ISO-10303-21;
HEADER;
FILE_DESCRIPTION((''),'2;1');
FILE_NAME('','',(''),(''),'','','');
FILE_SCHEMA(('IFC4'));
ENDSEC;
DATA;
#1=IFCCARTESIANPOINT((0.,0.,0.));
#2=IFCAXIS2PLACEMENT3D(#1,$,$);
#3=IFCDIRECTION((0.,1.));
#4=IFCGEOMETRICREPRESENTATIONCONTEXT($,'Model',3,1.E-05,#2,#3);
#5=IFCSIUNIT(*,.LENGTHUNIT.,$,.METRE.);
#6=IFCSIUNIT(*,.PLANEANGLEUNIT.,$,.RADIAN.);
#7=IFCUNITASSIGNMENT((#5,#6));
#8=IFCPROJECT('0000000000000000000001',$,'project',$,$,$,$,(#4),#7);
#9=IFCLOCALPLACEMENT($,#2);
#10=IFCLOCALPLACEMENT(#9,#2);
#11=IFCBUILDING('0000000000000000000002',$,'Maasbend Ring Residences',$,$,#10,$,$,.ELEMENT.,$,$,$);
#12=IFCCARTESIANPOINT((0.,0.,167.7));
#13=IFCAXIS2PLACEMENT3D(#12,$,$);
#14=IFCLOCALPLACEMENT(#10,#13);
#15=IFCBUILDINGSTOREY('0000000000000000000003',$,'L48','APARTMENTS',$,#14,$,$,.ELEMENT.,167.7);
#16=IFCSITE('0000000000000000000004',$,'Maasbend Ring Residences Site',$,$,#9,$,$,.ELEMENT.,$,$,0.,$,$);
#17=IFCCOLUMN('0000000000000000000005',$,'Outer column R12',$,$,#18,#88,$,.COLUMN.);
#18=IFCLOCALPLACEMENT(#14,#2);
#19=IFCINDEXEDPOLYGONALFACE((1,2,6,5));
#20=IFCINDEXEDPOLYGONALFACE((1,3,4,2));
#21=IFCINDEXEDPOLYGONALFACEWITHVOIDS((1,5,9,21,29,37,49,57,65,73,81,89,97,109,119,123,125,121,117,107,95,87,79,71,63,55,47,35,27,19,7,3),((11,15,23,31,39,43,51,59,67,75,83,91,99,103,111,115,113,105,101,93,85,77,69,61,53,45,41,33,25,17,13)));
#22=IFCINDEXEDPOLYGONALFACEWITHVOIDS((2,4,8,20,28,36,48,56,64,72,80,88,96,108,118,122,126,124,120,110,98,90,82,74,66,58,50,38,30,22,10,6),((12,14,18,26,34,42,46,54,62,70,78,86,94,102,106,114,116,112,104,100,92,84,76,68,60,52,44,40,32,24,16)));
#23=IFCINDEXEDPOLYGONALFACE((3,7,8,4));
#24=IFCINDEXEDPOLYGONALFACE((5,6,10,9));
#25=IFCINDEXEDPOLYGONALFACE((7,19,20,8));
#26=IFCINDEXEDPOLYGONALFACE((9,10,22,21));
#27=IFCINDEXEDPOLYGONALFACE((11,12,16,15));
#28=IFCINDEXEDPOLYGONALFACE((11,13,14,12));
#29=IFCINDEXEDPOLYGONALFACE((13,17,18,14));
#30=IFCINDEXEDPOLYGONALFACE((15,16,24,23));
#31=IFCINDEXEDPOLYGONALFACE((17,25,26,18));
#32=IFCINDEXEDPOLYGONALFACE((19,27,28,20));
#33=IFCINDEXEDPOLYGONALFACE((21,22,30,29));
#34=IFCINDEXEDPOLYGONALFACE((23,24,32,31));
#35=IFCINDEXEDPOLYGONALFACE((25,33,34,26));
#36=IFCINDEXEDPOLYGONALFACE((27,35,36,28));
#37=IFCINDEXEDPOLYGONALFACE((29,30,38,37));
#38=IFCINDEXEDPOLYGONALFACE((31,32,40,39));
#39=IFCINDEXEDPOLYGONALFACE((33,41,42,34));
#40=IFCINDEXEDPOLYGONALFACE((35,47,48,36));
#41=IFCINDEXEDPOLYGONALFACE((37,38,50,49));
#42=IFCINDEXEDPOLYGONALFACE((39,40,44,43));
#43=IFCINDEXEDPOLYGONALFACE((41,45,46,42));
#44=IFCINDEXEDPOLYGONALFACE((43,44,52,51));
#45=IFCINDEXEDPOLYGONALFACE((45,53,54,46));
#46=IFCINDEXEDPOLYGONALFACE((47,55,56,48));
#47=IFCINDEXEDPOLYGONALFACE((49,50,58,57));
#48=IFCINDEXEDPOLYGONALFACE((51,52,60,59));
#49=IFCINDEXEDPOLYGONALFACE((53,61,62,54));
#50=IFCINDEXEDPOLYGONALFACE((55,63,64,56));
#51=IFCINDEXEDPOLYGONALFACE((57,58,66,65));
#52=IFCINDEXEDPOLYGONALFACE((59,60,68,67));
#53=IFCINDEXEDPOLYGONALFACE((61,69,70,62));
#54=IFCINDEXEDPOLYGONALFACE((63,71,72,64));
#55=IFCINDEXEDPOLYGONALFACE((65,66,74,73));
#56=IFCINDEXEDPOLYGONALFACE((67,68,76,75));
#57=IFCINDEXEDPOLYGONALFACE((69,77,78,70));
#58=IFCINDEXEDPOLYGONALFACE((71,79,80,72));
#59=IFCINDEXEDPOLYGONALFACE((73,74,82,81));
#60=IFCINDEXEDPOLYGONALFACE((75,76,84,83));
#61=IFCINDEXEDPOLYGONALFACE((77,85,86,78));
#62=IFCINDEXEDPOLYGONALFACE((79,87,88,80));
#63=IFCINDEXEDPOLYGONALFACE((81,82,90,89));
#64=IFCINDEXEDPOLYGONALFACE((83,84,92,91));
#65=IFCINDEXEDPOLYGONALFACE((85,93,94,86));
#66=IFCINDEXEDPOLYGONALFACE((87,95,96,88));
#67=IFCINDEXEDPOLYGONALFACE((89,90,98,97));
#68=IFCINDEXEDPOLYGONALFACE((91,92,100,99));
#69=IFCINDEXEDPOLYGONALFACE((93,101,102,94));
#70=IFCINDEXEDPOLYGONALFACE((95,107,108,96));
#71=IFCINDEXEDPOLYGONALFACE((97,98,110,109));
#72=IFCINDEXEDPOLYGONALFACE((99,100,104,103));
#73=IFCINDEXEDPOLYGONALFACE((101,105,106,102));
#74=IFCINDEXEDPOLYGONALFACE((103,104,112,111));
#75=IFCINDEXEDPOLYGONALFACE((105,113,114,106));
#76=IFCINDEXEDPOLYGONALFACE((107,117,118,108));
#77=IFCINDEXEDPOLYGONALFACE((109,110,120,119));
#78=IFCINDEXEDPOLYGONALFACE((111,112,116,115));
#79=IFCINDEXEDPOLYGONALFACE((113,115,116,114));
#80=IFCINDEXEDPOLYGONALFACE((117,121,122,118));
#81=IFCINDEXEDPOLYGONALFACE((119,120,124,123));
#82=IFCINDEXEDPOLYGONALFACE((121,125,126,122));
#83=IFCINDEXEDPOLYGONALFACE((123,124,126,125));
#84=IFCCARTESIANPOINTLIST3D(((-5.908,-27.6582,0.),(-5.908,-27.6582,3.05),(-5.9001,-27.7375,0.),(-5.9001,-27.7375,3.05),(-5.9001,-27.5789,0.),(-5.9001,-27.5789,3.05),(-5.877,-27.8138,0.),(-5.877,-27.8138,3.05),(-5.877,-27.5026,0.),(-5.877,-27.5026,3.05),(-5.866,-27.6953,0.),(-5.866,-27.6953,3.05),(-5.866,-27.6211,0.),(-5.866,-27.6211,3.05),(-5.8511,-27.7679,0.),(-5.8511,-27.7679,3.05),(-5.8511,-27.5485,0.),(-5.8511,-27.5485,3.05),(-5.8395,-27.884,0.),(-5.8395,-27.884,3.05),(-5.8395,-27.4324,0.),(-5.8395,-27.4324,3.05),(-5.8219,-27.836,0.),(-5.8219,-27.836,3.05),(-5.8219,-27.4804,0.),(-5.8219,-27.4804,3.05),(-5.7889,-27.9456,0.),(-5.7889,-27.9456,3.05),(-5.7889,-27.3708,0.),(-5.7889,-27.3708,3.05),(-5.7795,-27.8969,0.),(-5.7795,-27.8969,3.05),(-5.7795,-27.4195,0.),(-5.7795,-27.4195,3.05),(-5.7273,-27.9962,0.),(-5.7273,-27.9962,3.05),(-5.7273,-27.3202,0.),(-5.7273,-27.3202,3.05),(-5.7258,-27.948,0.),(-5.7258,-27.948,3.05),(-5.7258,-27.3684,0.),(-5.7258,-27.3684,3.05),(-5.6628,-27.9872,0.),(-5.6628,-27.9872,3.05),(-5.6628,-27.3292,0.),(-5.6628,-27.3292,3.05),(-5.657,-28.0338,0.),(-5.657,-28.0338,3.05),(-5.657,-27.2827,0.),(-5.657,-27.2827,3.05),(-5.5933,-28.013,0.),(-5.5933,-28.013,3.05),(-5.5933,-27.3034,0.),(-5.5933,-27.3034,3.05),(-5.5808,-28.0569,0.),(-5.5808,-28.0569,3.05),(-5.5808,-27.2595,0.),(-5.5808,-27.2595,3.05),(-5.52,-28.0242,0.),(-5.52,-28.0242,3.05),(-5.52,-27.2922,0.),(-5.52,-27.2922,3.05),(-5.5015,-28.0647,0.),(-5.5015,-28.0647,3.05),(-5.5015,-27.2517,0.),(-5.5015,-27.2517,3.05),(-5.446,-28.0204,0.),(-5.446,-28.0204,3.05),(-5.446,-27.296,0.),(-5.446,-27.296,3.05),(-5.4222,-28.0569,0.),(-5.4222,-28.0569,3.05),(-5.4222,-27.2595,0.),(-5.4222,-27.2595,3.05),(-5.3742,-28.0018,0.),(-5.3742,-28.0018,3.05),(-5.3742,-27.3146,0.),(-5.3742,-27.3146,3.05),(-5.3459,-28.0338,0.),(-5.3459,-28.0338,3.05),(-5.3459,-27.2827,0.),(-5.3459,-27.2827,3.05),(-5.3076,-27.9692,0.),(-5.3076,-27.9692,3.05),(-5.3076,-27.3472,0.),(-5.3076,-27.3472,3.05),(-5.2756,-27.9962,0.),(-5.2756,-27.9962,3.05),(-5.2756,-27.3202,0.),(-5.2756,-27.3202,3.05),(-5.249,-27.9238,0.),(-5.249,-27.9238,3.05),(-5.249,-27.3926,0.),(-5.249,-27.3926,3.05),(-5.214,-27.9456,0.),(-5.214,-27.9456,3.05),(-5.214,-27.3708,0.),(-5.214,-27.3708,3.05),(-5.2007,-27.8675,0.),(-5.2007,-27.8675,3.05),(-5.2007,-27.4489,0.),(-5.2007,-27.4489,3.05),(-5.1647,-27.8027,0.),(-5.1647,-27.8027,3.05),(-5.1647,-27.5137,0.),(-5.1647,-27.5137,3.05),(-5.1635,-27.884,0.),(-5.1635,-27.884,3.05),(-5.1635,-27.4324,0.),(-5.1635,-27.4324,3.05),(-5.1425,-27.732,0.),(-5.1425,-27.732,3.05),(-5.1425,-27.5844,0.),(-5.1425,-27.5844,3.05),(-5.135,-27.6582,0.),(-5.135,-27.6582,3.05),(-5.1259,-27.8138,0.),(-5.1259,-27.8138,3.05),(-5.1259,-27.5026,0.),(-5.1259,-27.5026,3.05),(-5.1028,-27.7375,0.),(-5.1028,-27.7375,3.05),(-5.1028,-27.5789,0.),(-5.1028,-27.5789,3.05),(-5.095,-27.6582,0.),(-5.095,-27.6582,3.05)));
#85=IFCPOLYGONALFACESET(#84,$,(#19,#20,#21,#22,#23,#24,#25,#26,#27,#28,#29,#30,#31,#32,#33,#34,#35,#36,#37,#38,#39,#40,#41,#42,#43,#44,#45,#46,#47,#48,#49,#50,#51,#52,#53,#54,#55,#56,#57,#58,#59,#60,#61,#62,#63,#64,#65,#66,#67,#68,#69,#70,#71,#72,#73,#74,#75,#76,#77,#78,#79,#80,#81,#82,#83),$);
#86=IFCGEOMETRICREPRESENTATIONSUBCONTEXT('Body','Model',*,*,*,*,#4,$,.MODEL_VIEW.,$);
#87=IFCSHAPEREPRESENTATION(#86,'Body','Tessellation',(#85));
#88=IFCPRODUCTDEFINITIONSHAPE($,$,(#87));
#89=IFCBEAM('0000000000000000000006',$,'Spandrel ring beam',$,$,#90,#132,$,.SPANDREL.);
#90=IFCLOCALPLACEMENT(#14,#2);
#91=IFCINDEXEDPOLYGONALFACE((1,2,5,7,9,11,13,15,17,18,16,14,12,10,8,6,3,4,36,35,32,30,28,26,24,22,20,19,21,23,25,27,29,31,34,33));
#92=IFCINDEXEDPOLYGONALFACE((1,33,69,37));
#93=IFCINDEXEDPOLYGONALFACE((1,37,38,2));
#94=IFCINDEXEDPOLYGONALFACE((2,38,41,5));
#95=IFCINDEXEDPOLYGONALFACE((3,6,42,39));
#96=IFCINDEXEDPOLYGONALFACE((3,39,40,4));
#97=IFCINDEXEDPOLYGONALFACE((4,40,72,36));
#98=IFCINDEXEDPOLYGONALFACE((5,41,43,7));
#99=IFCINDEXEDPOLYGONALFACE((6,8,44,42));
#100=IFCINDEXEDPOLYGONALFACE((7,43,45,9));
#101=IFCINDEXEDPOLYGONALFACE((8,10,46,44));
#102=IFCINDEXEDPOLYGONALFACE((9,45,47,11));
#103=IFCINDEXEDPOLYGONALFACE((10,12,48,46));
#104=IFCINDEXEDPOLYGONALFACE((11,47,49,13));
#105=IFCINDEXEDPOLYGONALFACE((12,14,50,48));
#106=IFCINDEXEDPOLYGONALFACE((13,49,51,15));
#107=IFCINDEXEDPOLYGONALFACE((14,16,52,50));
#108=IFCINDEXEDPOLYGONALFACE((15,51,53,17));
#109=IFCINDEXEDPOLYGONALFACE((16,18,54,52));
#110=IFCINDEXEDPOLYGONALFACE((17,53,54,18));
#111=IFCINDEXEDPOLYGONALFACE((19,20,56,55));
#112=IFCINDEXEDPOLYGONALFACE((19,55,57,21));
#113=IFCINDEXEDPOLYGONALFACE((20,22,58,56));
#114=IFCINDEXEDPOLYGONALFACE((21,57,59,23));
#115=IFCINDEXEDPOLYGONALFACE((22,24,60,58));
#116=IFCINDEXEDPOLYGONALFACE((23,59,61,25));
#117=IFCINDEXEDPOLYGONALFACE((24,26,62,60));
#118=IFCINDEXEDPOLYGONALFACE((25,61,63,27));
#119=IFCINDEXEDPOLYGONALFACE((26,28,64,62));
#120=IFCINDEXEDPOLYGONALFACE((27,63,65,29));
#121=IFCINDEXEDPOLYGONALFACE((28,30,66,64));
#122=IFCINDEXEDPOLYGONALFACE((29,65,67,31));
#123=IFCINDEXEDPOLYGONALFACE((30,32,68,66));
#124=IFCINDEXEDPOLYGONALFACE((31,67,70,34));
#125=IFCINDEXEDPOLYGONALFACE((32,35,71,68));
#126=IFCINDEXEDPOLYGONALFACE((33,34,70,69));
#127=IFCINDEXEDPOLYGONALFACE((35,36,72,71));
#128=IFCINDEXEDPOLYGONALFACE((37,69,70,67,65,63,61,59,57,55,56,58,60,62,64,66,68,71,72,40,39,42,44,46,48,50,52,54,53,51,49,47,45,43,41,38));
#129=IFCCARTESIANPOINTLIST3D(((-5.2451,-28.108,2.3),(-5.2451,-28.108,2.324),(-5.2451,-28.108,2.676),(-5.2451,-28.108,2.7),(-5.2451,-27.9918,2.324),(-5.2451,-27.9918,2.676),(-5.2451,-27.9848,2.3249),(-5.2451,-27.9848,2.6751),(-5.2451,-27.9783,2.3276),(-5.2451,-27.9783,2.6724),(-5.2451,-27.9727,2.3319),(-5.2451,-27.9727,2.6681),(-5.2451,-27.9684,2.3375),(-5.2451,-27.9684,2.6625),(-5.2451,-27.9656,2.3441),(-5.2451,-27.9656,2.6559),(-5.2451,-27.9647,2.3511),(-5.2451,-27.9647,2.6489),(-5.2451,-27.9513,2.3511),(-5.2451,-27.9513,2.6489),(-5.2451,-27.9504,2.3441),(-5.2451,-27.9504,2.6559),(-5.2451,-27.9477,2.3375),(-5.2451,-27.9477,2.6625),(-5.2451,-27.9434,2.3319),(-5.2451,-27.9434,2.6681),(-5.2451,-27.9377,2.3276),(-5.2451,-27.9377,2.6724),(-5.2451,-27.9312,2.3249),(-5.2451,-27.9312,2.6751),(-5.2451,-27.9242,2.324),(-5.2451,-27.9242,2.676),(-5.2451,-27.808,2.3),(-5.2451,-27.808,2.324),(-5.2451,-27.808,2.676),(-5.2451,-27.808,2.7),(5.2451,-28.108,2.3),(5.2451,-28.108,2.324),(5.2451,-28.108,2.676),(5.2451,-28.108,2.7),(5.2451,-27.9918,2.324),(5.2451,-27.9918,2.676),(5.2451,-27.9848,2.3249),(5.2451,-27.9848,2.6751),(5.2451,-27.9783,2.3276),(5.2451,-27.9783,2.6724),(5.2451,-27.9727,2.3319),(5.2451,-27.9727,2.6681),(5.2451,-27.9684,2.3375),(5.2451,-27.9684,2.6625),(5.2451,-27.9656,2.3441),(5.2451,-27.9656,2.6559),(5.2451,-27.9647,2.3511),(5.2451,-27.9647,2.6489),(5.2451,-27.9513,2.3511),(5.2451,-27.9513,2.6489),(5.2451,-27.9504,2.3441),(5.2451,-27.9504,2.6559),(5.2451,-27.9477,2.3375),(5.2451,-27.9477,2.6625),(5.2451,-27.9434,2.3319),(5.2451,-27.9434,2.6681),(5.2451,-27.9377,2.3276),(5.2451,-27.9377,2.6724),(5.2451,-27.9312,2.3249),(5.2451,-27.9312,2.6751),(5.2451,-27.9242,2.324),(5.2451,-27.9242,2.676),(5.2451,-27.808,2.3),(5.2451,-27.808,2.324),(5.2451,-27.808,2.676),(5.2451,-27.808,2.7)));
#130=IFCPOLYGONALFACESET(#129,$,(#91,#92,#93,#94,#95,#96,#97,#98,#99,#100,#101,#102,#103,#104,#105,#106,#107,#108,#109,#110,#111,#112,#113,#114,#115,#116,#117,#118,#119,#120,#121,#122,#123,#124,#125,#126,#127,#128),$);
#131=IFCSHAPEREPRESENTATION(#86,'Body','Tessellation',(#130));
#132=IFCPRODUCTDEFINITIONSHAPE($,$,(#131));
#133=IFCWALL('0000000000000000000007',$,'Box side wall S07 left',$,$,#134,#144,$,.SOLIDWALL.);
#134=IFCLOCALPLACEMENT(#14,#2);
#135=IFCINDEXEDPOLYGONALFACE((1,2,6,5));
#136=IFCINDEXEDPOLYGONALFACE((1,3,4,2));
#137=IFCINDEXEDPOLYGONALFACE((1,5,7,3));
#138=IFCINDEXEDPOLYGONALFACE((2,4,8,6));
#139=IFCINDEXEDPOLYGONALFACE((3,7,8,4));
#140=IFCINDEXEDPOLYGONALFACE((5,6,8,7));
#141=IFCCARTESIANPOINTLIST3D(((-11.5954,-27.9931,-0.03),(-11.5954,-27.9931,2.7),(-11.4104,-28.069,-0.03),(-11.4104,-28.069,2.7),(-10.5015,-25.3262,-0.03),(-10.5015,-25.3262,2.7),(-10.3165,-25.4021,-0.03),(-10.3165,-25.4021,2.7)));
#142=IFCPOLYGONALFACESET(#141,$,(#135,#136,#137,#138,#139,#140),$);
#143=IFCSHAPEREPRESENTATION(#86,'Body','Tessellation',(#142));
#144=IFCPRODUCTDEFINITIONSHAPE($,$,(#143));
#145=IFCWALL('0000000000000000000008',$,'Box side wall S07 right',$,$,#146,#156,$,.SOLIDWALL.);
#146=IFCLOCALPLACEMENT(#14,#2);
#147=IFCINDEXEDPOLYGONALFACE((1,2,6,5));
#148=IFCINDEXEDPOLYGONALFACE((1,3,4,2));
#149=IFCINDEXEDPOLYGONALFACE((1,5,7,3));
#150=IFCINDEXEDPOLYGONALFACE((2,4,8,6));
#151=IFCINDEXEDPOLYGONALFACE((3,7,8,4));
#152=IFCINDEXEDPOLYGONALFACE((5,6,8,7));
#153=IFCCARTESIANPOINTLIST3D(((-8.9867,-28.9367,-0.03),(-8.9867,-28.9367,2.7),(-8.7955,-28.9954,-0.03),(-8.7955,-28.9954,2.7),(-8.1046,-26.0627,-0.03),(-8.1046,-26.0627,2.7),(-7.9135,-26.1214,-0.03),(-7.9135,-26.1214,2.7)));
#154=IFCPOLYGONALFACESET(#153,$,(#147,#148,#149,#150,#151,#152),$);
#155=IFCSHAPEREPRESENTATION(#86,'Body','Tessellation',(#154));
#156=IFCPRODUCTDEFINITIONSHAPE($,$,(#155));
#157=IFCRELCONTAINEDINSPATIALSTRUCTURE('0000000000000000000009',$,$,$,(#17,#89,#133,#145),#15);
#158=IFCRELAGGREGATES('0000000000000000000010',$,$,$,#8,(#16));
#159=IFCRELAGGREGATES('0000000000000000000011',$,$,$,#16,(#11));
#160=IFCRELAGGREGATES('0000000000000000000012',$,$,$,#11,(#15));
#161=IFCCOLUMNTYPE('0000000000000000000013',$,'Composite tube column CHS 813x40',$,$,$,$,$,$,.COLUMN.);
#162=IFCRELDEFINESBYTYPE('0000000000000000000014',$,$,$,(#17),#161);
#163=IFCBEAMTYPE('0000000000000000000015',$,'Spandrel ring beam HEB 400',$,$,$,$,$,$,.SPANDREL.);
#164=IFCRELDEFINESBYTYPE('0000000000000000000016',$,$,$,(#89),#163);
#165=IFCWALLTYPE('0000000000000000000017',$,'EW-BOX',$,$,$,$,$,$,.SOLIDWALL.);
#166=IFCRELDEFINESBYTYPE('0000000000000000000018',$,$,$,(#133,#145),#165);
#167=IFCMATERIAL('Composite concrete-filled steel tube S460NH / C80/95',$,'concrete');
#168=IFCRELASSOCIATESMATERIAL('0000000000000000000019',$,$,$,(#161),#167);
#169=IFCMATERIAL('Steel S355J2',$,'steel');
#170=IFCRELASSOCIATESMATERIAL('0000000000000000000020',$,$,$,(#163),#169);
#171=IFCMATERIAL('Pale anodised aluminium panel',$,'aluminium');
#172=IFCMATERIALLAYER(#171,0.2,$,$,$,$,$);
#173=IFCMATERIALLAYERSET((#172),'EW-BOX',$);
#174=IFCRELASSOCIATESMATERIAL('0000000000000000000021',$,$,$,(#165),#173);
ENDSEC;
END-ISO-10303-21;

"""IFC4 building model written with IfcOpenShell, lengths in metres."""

from ifc_helpers import new_model, si_unit, direction, frame, frame_2d, origin, origin_2d, place, context, subcontext, project, spatial, rectangle, hollow_circle, i_section, extrude, material, layer, layer_set, material_profile, profile_set, type_object, element, save


model = new_model("IFC4")

# Units and contexts
model_context = context("Model", 3, precision=1e-05, world=origin(), true_north=direction((0.0, 1.0)))
body_context = subcontext(model_context, "Body", "Model", "MODEL_VIEW")
ifc_project = project(units=[si_unit("LENGTHUNIT", "METRE"), si_unit("PLANEANGLEUNIT", "RADIAN")], contexts=[model_context])

# Site, building, storey
site_placement = place(None, origin())
site = spatial("IfcSite", under=ifc_project, at=site_placement, Name="Maasbend Ring Residences Site", CompositionType="ELEMENT", RefElevation=0.0)
building_placement = place(site_placement, origin())
building = spatial("IfcBuilding", under=site, at=building_placement, Name="Maasbend Ring Residences", CompositionType="ELEMENT")
storey_placement = place(building_placement, frame((0.0, 0.0, 167.7)))
storey = spatial("IfcBuildingStorey", under=building, at=storey_placement, Name="L48", Description="APARTMENTS", CompositionType="ELEMENT", Elevation=167.7)

# Column
ifc_material_1 = material(Name="Composite concrete-filled steel tube S460NH / C80/95", Category="concrete")
ifc_material_profile_1 = material_profile(ifc_material_1, hollow_circle(Radius=0.4065, WallThickness=0.04, at=origin_2d()), Name="Composite tube column CHS 813x40")
ifc_profile_set_1 = profile_set([ifc_material_profile_1], Name="Composite concrete-filled steel tube S460NH / C80/95")
column_type = type_object("IfcColumnType", Name="Composite tube column CHS 813x40", PredefinedType="COLUMN", material=ifc_profile_set_1)
column_placement = place(storey_placement, frame((-5.5015, -27.6582, 0.0), z_axis=(0.0, 0.0, 1.0), x_axis=(1.0, 0.0, 0.0)))
element("IfcColumn", 1, at=column_placement, inside=storey, type_object=column_type, Name="Outer column R12", PredefinedType="COLUMN", context=body_context, shape_type="SweptSolid", body=[
    extrude(hollow_circle(Radius=0.4065, WallThickness=0.04, at=origin_2d()), origin(), (0.0, 0.0, 1.0), 3.05),
])

# Beam
ifc_material_2 = material(Name="Steel S355J2", Category="steel")
ifc_material_profile_2 = material_profile(ifc_material_2, i_section(OverallWidth=0.3, OverallDepth=0.3999, WebThickness=0.0134, FlangeThickness=0.0239, FilletRadius=0.0271, at=origin_2d()), Name="HEB 400")
ifc_profile_set_2 = profile_set([ifc_material_profile_2], Name="Steel S355J2")
beam_type = type_object("IfcBeamType", Name="Spandrel ring beam HEB 400", PredefinedType="SPANDREL", material=ifc_profile_set_2)
beam_placement = place(storey_placement, frame((-5.2451, -27.958, 2.5), z_axis=(1.0, 0.0, 0.0), x_axis=(0.0, 1.0, 0.0)))
element("IfcBeam", 2, at=beam_placement, inside=storey, type_object=beam_type, Name="Spandrel ring beam", PredefinedType="SPANDREL", context=body_context, shape_type="SweptSolid", body=[
    extrude(i_section(OverallWidth=0.3, OverallDepth=0.3999, WebThickness=0.0134, FlangeThickness=0.0239, FilletRadius=0.0271, at=origin_2d()), origin(), (0.0, 0.0, 1.0), 10.4902),
])

# Walls
ifc_material_3 = material(Name="Pale anodised aluminium panel", Category="aluminium")
ifc_layer_1 = layer(ifc_material_3, 0.2)
ifc_layer_set_1 = layer_set([ifc_layer_1], Name="EW-BOX")
wall_type_1 = type_object("IfcWallType", Name="EW-BOX", PredefinedType="SOLIDWALL", material=ifc_layer_set_1)
wall_1_placement = place(storey_placement, frame((-10.4089, -25.364, -0.03), z_axis=(0.0, 0.0, 1.0), x_axis=(-0.37951, -0.925188, 0.0)))
element("IfcWall", 3, at=wall_1_placement, inside=storey, type_object=wall_type_1, Name="Box side wall S07 left", PredefinedType="SOLIDWALL", context=body_context, shape_type="SweptSolid", body=[
    extrude(rectangle(XDim=2.8826, YDim=0.2, at=frame_2d((1.4414, 0.0))), origin(), (0.0, 0.0, 1.0), 2.73),
])
wall_2_placement = place(storey_placement, frame((-8.009, -26.092, -0.03), z_axis=(0.0, 0.0, 1.0), x_axis=(-0.293407, -0.955988, 0.0)))
element("IfcWall", 4, at=wall_2_placement, inside=storey, type_object=wall_type_1, Name="Box side wall S07 right", PredefinedType="SOLIDWALL", context=body_context, shape_type="SweptSolid", body=[
    extrude(rectangle(XDim=3.0063, YDim=0.2, at=frame_2d((1.5032, 0.0))), origin(), (0.0, 0.0, 1.0), 2.73),
])

save(model, "model.ifc")
